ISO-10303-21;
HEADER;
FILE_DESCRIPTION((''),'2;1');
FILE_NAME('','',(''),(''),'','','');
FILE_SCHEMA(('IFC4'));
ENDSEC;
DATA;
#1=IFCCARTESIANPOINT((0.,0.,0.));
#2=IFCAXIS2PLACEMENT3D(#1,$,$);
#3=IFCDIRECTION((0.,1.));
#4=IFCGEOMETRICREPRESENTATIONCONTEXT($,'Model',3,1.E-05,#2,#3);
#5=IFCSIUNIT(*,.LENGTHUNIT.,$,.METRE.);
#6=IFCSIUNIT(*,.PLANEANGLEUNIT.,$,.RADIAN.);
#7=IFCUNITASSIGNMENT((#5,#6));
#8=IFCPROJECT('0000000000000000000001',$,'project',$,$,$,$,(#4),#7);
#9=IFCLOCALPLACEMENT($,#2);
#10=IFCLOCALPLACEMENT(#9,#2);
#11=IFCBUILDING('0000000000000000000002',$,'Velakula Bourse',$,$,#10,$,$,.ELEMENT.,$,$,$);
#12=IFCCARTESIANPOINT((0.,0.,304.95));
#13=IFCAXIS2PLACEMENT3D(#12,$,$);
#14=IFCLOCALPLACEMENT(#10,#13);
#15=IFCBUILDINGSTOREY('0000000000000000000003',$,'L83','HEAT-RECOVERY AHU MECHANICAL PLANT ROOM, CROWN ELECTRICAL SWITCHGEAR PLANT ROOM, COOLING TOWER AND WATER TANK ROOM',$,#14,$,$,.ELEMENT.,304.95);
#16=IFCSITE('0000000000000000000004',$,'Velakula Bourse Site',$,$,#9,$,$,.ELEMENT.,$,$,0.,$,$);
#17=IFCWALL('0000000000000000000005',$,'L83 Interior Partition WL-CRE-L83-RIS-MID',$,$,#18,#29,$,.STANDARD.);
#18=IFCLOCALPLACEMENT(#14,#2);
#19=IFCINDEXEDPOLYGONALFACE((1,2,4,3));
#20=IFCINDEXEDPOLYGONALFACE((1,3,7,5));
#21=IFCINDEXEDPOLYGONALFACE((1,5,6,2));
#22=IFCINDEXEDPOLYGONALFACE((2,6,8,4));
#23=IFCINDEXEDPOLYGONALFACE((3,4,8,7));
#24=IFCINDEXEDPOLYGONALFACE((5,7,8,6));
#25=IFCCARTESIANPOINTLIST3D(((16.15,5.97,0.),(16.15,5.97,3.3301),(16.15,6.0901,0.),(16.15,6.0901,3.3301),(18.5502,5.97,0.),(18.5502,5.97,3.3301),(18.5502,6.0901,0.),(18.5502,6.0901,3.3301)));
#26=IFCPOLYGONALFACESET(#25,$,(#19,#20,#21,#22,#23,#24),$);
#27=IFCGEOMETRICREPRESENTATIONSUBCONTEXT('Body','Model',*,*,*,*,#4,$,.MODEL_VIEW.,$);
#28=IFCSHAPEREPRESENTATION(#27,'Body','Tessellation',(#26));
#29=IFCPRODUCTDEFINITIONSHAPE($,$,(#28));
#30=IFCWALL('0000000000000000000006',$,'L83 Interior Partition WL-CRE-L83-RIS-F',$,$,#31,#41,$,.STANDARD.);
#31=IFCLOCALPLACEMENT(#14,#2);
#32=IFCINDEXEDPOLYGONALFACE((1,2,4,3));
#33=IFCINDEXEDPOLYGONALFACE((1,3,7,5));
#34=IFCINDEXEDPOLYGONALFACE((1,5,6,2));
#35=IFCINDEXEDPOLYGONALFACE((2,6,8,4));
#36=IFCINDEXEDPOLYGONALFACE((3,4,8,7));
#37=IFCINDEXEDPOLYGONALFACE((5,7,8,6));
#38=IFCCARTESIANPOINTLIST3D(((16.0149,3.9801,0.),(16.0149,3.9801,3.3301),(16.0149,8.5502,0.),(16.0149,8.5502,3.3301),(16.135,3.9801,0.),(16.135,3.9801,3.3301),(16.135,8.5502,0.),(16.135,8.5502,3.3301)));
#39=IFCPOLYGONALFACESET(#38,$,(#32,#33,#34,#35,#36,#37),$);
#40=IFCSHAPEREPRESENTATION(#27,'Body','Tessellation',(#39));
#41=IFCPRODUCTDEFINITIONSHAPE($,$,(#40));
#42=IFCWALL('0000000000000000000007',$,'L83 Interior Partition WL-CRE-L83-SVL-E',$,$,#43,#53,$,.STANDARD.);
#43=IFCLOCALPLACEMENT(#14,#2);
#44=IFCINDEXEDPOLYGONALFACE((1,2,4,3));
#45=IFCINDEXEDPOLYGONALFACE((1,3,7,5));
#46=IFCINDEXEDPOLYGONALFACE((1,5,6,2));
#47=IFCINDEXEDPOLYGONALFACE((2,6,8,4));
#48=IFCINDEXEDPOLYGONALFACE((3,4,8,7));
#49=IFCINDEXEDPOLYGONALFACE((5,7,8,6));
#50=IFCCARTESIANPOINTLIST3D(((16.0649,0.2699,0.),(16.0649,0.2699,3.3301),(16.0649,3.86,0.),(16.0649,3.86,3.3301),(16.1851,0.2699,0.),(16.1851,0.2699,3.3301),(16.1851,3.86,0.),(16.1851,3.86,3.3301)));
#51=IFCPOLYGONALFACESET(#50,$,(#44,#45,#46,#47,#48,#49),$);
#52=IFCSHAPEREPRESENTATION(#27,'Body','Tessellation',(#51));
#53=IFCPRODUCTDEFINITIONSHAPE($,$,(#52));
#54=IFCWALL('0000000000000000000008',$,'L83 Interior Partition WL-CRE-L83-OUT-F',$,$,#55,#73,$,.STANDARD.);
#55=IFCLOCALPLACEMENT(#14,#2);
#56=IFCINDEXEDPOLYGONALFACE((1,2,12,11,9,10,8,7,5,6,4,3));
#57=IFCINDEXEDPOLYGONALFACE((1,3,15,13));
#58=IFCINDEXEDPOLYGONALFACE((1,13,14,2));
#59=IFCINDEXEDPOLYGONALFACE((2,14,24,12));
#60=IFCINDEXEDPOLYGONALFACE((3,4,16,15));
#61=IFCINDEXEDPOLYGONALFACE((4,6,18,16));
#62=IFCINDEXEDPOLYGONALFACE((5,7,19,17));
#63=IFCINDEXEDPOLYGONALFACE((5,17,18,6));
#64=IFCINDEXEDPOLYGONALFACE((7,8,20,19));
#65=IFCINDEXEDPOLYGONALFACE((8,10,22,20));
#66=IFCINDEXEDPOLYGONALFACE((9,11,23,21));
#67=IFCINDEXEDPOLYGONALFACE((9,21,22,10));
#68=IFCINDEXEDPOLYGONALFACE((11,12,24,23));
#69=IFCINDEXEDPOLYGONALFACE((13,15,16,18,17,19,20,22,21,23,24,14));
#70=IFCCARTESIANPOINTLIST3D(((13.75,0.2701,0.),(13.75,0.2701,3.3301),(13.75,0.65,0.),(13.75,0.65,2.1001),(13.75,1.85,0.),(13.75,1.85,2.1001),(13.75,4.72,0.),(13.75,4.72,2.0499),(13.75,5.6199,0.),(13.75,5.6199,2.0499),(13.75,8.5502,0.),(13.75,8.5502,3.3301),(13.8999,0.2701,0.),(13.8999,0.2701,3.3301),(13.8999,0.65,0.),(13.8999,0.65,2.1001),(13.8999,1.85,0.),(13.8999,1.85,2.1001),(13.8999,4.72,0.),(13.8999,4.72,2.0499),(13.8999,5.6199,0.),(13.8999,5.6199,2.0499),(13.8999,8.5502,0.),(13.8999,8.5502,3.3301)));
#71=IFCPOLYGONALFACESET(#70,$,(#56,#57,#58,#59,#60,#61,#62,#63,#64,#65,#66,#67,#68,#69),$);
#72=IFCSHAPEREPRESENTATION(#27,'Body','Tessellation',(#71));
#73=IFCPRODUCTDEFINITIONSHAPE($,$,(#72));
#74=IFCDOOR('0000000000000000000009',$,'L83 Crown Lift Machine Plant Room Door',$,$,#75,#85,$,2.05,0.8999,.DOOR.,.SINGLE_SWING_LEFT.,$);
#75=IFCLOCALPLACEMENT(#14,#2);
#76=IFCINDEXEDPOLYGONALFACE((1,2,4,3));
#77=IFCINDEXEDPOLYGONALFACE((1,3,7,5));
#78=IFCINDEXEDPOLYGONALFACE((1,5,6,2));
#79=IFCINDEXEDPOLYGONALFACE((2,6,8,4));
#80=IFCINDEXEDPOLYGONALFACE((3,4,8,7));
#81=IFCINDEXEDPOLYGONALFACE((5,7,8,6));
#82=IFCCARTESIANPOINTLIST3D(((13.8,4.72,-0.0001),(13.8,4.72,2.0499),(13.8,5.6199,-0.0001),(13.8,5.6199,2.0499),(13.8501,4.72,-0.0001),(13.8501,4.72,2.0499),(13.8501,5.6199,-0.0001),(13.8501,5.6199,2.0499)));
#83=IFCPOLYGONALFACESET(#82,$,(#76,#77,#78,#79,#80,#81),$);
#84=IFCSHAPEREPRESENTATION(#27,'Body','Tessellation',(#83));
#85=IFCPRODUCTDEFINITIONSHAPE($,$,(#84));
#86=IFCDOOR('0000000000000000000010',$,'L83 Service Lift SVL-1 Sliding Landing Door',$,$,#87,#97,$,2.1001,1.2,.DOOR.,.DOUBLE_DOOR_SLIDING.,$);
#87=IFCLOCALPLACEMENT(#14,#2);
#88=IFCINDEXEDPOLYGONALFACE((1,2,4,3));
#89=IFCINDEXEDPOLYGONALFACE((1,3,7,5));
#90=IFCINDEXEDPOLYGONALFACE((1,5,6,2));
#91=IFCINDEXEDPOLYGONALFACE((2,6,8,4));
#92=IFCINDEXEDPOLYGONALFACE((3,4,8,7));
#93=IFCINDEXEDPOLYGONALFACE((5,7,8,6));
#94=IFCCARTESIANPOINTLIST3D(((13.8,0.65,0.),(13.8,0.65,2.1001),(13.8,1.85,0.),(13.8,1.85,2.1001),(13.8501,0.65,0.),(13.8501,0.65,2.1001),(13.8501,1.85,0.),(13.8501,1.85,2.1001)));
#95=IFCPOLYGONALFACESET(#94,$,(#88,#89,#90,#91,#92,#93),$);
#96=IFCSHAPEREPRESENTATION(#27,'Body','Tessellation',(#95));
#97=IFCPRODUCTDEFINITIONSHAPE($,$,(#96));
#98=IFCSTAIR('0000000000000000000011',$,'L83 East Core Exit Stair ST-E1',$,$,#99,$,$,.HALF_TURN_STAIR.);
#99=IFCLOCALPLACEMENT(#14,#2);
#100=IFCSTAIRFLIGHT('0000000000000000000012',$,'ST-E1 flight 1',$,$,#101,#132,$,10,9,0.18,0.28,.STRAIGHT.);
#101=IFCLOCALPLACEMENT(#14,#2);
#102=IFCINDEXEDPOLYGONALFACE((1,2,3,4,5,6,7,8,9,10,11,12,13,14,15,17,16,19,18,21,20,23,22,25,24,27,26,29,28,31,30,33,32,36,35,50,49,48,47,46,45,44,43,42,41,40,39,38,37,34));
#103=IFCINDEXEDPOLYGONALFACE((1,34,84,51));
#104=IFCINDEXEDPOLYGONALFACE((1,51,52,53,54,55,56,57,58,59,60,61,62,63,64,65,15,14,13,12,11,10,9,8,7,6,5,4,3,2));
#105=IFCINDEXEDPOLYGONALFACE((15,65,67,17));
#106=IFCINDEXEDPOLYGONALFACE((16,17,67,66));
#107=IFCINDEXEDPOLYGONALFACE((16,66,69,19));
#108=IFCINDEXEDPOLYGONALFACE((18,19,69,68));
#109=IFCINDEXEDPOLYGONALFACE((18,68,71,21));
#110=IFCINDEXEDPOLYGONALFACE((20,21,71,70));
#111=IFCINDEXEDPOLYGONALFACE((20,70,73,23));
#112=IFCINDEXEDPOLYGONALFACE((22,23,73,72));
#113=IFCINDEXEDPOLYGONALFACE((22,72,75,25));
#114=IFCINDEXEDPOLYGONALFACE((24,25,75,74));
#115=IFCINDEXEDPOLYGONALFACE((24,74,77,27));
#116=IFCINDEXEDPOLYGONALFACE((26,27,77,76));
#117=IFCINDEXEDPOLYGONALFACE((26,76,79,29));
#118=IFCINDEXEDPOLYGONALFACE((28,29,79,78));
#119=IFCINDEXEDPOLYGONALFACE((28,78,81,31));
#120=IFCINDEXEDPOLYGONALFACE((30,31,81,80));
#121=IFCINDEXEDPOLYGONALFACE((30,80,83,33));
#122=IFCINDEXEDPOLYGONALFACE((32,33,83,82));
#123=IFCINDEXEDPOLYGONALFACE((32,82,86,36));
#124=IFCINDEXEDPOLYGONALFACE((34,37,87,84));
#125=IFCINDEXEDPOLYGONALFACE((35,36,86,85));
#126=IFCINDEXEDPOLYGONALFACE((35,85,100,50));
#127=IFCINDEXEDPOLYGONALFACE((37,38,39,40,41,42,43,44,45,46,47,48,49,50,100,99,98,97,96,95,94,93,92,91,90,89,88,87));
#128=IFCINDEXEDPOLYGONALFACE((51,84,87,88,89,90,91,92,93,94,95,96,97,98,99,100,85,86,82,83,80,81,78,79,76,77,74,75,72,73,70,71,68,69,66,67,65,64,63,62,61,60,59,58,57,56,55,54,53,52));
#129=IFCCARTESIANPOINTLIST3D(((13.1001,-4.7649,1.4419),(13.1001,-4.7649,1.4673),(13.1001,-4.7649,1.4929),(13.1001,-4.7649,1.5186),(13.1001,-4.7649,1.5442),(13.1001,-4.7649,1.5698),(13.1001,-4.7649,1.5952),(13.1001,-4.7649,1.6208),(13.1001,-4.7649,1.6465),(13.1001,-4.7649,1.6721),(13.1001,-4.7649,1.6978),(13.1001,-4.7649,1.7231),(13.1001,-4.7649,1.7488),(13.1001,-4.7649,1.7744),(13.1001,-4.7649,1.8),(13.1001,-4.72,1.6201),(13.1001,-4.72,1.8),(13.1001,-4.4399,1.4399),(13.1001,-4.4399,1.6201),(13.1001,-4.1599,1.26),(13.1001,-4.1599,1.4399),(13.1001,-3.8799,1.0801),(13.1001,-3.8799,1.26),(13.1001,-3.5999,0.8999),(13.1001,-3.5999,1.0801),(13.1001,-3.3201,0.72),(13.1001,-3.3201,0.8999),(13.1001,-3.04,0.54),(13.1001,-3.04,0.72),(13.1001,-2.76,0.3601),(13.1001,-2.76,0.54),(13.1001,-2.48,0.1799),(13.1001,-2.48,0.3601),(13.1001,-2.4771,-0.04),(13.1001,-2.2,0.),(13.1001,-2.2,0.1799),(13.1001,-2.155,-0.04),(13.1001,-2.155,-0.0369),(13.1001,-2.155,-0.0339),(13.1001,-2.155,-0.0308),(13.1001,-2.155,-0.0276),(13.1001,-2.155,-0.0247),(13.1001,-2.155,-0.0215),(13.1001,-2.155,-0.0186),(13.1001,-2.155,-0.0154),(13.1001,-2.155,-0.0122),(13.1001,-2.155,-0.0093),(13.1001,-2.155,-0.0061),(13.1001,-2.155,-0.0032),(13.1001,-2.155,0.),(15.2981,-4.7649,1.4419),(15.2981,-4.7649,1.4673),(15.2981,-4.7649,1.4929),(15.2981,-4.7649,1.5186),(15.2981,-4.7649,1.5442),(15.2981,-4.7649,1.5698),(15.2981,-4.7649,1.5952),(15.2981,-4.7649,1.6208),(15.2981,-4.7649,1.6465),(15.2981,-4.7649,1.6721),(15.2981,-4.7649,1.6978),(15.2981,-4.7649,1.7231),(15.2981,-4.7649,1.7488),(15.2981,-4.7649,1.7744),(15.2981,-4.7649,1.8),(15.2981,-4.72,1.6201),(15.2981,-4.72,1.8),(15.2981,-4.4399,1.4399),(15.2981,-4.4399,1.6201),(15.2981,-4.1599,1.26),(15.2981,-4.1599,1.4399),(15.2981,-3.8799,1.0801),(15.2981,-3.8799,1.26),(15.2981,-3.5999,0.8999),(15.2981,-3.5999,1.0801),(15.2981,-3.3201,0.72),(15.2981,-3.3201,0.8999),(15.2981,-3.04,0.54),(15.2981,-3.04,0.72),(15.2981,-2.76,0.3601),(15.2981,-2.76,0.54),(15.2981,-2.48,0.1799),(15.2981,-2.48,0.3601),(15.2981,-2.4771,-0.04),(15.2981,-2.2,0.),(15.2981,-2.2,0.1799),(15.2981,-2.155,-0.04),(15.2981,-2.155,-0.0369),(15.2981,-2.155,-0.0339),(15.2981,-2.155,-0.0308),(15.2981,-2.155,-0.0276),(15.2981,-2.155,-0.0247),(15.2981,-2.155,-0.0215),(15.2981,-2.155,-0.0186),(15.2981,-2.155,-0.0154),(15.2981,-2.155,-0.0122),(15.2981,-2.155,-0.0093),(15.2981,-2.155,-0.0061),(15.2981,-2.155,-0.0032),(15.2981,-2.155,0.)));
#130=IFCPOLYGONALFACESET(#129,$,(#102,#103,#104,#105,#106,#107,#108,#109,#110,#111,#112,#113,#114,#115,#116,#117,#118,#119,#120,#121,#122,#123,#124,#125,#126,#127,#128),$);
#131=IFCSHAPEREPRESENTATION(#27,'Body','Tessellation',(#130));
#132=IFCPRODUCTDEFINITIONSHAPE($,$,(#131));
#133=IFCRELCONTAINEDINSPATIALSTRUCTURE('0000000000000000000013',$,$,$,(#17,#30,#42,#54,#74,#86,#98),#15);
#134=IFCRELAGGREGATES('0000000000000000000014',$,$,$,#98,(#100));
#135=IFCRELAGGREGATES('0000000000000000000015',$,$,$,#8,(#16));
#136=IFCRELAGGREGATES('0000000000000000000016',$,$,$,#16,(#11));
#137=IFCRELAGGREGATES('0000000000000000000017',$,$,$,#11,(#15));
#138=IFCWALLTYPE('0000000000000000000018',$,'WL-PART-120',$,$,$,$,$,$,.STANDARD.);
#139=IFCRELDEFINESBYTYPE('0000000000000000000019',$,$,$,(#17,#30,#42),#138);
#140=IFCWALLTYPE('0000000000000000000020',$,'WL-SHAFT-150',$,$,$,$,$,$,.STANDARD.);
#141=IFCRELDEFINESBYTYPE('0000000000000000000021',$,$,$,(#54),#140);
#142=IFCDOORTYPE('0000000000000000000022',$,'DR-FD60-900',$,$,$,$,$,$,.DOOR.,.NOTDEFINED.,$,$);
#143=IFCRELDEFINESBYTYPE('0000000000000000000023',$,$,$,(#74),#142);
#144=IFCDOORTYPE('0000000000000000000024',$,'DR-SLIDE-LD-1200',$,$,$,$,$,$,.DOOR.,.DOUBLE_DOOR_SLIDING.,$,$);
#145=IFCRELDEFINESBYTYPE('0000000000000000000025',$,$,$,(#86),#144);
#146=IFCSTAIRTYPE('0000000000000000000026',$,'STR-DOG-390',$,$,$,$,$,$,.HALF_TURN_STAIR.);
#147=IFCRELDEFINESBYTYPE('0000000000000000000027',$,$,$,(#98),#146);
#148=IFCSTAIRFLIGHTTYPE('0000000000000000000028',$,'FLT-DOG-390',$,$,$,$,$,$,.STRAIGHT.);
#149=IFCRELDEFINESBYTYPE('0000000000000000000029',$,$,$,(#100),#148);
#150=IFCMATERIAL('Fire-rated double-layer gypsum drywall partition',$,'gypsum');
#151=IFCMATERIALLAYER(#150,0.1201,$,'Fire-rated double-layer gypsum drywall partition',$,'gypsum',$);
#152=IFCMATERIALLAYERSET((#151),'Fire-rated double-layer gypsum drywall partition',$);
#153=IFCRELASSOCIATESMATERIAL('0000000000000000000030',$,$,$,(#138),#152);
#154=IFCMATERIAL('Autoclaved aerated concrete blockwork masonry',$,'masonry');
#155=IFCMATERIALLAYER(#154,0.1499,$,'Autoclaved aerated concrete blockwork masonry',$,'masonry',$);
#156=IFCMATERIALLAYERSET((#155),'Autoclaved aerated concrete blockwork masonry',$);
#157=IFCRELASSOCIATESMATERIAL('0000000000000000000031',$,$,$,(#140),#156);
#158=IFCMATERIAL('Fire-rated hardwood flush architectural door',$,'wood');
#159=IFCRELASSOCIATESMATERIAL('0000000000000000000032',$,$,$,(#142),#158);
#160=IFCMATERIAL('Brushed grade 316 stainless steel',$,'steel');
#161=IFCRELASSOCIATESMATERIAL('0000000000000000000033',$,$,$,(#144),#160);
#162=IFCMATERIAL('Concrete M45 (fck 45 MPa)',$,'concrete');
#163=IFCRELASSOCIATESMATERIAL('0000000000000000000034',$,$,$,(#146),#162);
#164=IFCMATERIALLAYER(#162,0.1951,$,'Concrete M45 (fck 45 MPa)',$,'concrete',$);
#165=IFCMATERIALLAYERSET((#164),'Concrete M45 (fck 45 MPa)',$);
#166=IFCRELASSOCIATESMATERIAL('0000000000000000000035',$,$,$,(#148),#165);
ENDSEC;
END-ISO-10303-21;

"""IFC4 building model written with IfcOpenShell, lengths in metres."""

from ifc_helpers import new_model, si_unit, direction, frame, frame_2d, origin, place, context, subcontext, project, spatial, polyline, rectangle, outline, extrude, material, layer, layer_set, type_object, element, fill, aggregate, save


model = new_model("IFC4")

# Units and contexts
model_context = context("Model", 3, precision=1e-05, world=origin(), true_north=direction((0.0, 1.0)))
body_context = subcontext(model_context, "Body", "Model", "MODEL_VIEW")
ifc_project = project(units=[si_unit("LENGTHUNIT", "METRE"), si_unit("PLANEANGLEUNIT", "RADIAN")], contexts=[model_context])

# Site, building, storey
site_placement = place(None, origin())
site = spatial("IfcSite", under=ifc_project, at=site_placement, Name="Velakula Bourse Site", CompositionType="ELEMENT", RefElevation=0.0)
building_placement = place(site_placement, origin())
building = spatial("IfcBuilding", under=site, at=building_placement, Name="Velakula Bourse", CompositionType="ELEMENT")
storey_placement = place(building_placement, frame((0.0, 0.0, 304.95)))
storey = spatial("IfcBuildingStorey", under=building, at=storey_placement, Name="L83", Description="HEAT-RECOVERY AHU MECHANICAL PLANT ROOM, CROWN ELECTRICAL SWITCHGEAR PLANT ROOM, COOLING TOWER AND WATER TANK ROOM", CompositionType="ELEMENT", Elevation=304.95)

# Walls
ifc_material_1 = material(Name="Fire-rated double-layer gypsum drywall partition", Category="gypsum")
ifc_layer_1 = layer(ifc_material_1, 0.1201, Name="Fire-rated double-layer gypsum drywall partition", Category="gypsum")
ifc_layer_set_1 = layer_set([ifc_layer_1], Name="Fire-rated double-layer gypsum drywall partition")
wall_type_1 = type_object("IfcWallType", Name="WL-PART-120", PredefinedType="STANDARD", material=ifc_layer_set_1)
wall_1_placement = place(storey_placement, frame((16.1499, 6.03, 0.0), z_axis=(0.0, 0.0, 1.0), x_axis=(1.0, 0.0, 0.0)))
element("IfcWall", 1, at=wall_1_placement, inside=storey, type_object=wall_type_1, Name="L83 Interior Partition WL-CRE-L83-RIS-MID", PredefinedType="STANDARD", context=body_context, shape_type="SweptSolid", body=[
    extrude(rectangle(XDim=2.4001, YDim=0.1201, at=frame_2d((1.2002, 0.0))), origin(), (0.0, 0.0, 1.0), 3.3301),
])
wall_2_placement = place(storey_placement, frame((16.075, 3.98, 0.0), z_axis=(0.0, 0.0, 1.0), x_axis=(0.0, 1.0, 0.0)))
element("IfcWall", 2, at=wall_2_placement, inside=storey, type_object=wall_type_1, Name="L83 Interior Partition WL-CRE-L83-RIS-F", PredefinedType="STANDARD", context=body_context, shape_type="SweptSolid", body=[
    extrude(rectangle(XDim=4.5701, YDim=0.1201, at=frame_2d((2.2852, 0.0))), origin(), (0.0, 0.0, 1.0), 3.3301),
])
wall_3_placement = place(storey_placement, frame((16.125, 0.27, 0.0), z_axis=(0.0, 0.0, 1.0), x_axis=(0.0, 1.0, 0.0)))
element("IfcWall", 3, at=wall_3_placement, inside=storey, type_object=wall_type_1, Name="L83 Interior Partition WL-CRE-L83-SVL-E", PredefinedType="STANDARD", context=body_context, shape_type="SweptSolid", body=[
    extrude(rectangle(XDim=3.5901, YDim=0.1201, at=frame_2d((1.7949, 0.0))), origin(), (0.0, 0.0, 1.0), 3.3301),
])

# Wall, openings, doors
ifc_material_2 = material(Name="Autoclaved aerated concrete blockwork masonry", Category="masonry")
ifc_layer_2 = layer(ifc_material_2, 0.1499, Name="Autoclaved aerated concrete blockwork masonry", Category="masonry")
ifc_layer_set_2 = layer_set([ifc_layer_2], Name="Autoclaved aerated concrete blockwork masonry")
wall_type_2 = type_object("IfcWallType", Name="WL-SHAFT-150", PredefinedType="STANDARD", material=ifc_layer_set_2)
wall_4_placement = place(storey_placement, frame((13.825, 0.27, 0.0), z_axis=(0.0, 0.0, 1.0), x_axis=(0.0, 1.0, 0.0)))
wall_4 = element("IfcWall", 4, at=wall_4_placement, inside=storey, type_object=wall_type_2, Name="L83 Interior Partition WL-CRE-L83-OUT-F", PredefinedType="STANDARD", context=body_context, shape_type="SweptSolid", body=[
    extrude(rectangle(XDim=8.28, YDim=0.1499, at=frame_2d((4.1401, 0.0))), origin(), (0.0, 0.0, 1.0), 3.3301),
])
opening_1_placement = place(wall_4_placement, frame((4.45, 0.0, 0.0)))
opening_1 = element("IfcOpeningElement", 5, at=opening_1_placement, cuts=wall_4, PredefinedType="OPENING", context=body_context, shape_type="SweptSolid", body=[
    extrude(rectangle(XDim=0.8999, YDim=2.05, at=frame_2d((0.45, 1.0249))), frame((0.0, 0.085, 0.0), z_axis=(0.0, -1.0, 0.0), x_axis=(1.0, 0.0, 0.0)), (0.0, 0.0, 1.0), 0.1699),
])
opening_2_placement = place(wall_4_placement, frame((0.3799, 0.0, 0.0)))
opening_2 = element("IfcOpeningElement", 6, at=opening_2_placement, cuts=wall_4, PredefinedType="OPENING", context=body_context, shape_type="SweptSolid", body=[
    extrude(rectangle(XDim=1.2, YDim=2.1001, at=frame_2d((0.6001, 1.05))), frame((0.0, 0.085, 0.0), z_axis=(0.0, -1.0, 0.0), x_axis=(1.0, 0.0, 0.0)), (0.0, 0.0, 1.0), 0.1699),
])
ifc_material_3 = material(Name="Fire-rated hardwood flush architectural door", Category="wood")
door_type_1 = type_object("IfcDoorType", Name="DR-FD60-900", OperationType="NOTDEFINED", PredefinedType="DOOR", material=ifc_material_3)
door_1_placement = place(opening_1_placement, origin())
door_1 = element("IfcDoor", 7, at=door_1_placement, inside=storey, type_object=door_type_1, Name="L83 Crown Lift Machine Plant Room Door", OperationType="SINGLE_SWING_LEFT", OverallHeight=2.05, OverallWidth=0.8999, PredefinedType="DOOR", context=body_context, shape_type="SweptSolid", body=[
    extrude(rectangle(XDim=0.8999, YDim=2.05, at=frame_2d((0.45, 1.0249))), frame((0.0, 0.0249, 0.0), z_axis=(0.0, -1.0, 0.0), x_axis=(1.0, 0.0, 0.0)), (0.0, 0.0, 1.0), 0.05),
])
fill(opening_1, door_1)
ifc_material_4 = material(Name="Brushed grade 316 stainless steel", Category="steel")
door_type_2 = type_object("IfcDoorType", Name="DR-SLIDE-LD-1200", OperationType="DOUBLE_DOOR_SLIDING", PredefinedType="DOOR", material=ifc_material_4)
door_2_placement = place(opening_2_placement, origin())
door_2 = element("IfcDoor", 8, at=door_2_placement, inside=storey, type_object=door_type_2, Name="L83 Service Lift SVL-1 Sliding Landing Door", OperationType="DOUBLE_DOOR_SLIDING", OverallHeight=2.1001, OverallWidth=1.2, PredefinedType="DOOR", context=body_context, shape_type="SweptSolid", body=[
    extrude(rectangle(XDim=1.2, YDim=2.1001, at=frame_2d((0.6001, 1.05))), frame((0.0, 0.0249, 0.0), z_axis=(0.0, -1.0, 0.0), x_axis=(1.0, 0.0, 0.0)), (0.0, 0.0, 1.0), 0.05),
])
fill(opening_2, door_2)

# Stair, stair flight
ifc_material_5 = material(Name="Concrete M45 (fck 45 MPa)", Category="concrete")
stair_type = type_object("IfcStairType", Name="STR-DOG-390", PredefinedType="HALF_TURN_STAIR", material=ifc_material_5)
stair_placement = place(storey_placement, origin())
stair = element("IfcStair", 9, at=stair_placement, inside=storey, type_object=stair_type, Name="L83 East Core Exit Stair ST-E1", PredefinedType="HALF_TURN_STAIR")
ifc_layer_3 = layer(ifc_material_5, 0.1951, Name="Concrete M45 (fck 45 MPa)", Category="concrete")
ifc_layer_set_3 = layer_set([ifc_layer_3], Name="Concrete M45 (fck 45 MPa)")
stair_flight_type = type_object("IfcStairFlightType", Name="FLT-DOG-390", PredefinedType="STRAIGHT", material=ifc_layer_set_3)
stair_flight_1_placement = place(storey_placement, frame((14.199, -2.2, 0.0), z_axis=(0.0, 0.0, 1.0), x_axis=(0.0, -1.0, 0.0)))
stair_flight_1 = element("IfcStairFlight", 10, at=stair_flight_1_placement, type_object=stair_flight_type, Name="ST-E1 flight 1", NumberOfRisers=10, NumberOfTreads=9, PredefinedType="STRAIGHT", RiserHeight=0.18, TreadLength=0.28, context=body_context, shape_type="SweptSolid", body=[
    extrude(outline(polyline([(-0.0449, -0.04), (-0.0449, -0.0369), (-0.0449, -0.0339), (-0.0449, -0.0308), (-0.0449, -0.0276), (-0.0449, -0.0247), (-0.0449, -0.0215), (-0.0449, -0.0186), (-0.0449, -0.0154), (-0.0449, -0.0122), (-0.0449, -0.0093), (-0.0449, -0.0061), (-0.0449, -0.0032), (-0.0449, 0.0), (0.0, 0.0), (0.0, 0.1799), (0.28, 0.1799), (0.28, 0.3601), (0.5601, 0.3601), (0.5601, 0.54), (0.8401, 0.54), (0.8401, 0.72), (1.1201, 0.72), (1.1201, 0.8999), (1.3999, 0.8999), (1.3999, 1.0801), (1.6799, 1.0801), (1.6799, 1.26), (1.96, 1.26), (1.96, 1.4399), (2.24, 1.4399), (2.24, 1.6201), (2.52, 1.6201), (2.52, 1.8), (2.5649, 1.8), (2.5649, 1.7744), (2.5649, 1.7488), (2.5649, 1.7231), (2.5649, 1.6978), (2.5649, 1.6721), (2.5649, 1.6465), (2.5649, 1.6208), (2.5649, 1.5952), (2.5649, 1.5698), (2.5649, 1.5442), (2.5649, 1.5186), (2.5649, 1.4929), (2.5649, 1.4673), (2.5649, 1.4419), (0.2771, -0.04), (-0.0449, -0.04)])), frame((0.0, 1.0991, 0.0), z_axis=(0.0, -1.0, 0.0), x_axis=(1.0, 0.0, 0.0)), (0.0, 0.0, 1.0), 2.198),
])
aggregate(stair, [stair_flight_1])

save(model, "model.ifc")
